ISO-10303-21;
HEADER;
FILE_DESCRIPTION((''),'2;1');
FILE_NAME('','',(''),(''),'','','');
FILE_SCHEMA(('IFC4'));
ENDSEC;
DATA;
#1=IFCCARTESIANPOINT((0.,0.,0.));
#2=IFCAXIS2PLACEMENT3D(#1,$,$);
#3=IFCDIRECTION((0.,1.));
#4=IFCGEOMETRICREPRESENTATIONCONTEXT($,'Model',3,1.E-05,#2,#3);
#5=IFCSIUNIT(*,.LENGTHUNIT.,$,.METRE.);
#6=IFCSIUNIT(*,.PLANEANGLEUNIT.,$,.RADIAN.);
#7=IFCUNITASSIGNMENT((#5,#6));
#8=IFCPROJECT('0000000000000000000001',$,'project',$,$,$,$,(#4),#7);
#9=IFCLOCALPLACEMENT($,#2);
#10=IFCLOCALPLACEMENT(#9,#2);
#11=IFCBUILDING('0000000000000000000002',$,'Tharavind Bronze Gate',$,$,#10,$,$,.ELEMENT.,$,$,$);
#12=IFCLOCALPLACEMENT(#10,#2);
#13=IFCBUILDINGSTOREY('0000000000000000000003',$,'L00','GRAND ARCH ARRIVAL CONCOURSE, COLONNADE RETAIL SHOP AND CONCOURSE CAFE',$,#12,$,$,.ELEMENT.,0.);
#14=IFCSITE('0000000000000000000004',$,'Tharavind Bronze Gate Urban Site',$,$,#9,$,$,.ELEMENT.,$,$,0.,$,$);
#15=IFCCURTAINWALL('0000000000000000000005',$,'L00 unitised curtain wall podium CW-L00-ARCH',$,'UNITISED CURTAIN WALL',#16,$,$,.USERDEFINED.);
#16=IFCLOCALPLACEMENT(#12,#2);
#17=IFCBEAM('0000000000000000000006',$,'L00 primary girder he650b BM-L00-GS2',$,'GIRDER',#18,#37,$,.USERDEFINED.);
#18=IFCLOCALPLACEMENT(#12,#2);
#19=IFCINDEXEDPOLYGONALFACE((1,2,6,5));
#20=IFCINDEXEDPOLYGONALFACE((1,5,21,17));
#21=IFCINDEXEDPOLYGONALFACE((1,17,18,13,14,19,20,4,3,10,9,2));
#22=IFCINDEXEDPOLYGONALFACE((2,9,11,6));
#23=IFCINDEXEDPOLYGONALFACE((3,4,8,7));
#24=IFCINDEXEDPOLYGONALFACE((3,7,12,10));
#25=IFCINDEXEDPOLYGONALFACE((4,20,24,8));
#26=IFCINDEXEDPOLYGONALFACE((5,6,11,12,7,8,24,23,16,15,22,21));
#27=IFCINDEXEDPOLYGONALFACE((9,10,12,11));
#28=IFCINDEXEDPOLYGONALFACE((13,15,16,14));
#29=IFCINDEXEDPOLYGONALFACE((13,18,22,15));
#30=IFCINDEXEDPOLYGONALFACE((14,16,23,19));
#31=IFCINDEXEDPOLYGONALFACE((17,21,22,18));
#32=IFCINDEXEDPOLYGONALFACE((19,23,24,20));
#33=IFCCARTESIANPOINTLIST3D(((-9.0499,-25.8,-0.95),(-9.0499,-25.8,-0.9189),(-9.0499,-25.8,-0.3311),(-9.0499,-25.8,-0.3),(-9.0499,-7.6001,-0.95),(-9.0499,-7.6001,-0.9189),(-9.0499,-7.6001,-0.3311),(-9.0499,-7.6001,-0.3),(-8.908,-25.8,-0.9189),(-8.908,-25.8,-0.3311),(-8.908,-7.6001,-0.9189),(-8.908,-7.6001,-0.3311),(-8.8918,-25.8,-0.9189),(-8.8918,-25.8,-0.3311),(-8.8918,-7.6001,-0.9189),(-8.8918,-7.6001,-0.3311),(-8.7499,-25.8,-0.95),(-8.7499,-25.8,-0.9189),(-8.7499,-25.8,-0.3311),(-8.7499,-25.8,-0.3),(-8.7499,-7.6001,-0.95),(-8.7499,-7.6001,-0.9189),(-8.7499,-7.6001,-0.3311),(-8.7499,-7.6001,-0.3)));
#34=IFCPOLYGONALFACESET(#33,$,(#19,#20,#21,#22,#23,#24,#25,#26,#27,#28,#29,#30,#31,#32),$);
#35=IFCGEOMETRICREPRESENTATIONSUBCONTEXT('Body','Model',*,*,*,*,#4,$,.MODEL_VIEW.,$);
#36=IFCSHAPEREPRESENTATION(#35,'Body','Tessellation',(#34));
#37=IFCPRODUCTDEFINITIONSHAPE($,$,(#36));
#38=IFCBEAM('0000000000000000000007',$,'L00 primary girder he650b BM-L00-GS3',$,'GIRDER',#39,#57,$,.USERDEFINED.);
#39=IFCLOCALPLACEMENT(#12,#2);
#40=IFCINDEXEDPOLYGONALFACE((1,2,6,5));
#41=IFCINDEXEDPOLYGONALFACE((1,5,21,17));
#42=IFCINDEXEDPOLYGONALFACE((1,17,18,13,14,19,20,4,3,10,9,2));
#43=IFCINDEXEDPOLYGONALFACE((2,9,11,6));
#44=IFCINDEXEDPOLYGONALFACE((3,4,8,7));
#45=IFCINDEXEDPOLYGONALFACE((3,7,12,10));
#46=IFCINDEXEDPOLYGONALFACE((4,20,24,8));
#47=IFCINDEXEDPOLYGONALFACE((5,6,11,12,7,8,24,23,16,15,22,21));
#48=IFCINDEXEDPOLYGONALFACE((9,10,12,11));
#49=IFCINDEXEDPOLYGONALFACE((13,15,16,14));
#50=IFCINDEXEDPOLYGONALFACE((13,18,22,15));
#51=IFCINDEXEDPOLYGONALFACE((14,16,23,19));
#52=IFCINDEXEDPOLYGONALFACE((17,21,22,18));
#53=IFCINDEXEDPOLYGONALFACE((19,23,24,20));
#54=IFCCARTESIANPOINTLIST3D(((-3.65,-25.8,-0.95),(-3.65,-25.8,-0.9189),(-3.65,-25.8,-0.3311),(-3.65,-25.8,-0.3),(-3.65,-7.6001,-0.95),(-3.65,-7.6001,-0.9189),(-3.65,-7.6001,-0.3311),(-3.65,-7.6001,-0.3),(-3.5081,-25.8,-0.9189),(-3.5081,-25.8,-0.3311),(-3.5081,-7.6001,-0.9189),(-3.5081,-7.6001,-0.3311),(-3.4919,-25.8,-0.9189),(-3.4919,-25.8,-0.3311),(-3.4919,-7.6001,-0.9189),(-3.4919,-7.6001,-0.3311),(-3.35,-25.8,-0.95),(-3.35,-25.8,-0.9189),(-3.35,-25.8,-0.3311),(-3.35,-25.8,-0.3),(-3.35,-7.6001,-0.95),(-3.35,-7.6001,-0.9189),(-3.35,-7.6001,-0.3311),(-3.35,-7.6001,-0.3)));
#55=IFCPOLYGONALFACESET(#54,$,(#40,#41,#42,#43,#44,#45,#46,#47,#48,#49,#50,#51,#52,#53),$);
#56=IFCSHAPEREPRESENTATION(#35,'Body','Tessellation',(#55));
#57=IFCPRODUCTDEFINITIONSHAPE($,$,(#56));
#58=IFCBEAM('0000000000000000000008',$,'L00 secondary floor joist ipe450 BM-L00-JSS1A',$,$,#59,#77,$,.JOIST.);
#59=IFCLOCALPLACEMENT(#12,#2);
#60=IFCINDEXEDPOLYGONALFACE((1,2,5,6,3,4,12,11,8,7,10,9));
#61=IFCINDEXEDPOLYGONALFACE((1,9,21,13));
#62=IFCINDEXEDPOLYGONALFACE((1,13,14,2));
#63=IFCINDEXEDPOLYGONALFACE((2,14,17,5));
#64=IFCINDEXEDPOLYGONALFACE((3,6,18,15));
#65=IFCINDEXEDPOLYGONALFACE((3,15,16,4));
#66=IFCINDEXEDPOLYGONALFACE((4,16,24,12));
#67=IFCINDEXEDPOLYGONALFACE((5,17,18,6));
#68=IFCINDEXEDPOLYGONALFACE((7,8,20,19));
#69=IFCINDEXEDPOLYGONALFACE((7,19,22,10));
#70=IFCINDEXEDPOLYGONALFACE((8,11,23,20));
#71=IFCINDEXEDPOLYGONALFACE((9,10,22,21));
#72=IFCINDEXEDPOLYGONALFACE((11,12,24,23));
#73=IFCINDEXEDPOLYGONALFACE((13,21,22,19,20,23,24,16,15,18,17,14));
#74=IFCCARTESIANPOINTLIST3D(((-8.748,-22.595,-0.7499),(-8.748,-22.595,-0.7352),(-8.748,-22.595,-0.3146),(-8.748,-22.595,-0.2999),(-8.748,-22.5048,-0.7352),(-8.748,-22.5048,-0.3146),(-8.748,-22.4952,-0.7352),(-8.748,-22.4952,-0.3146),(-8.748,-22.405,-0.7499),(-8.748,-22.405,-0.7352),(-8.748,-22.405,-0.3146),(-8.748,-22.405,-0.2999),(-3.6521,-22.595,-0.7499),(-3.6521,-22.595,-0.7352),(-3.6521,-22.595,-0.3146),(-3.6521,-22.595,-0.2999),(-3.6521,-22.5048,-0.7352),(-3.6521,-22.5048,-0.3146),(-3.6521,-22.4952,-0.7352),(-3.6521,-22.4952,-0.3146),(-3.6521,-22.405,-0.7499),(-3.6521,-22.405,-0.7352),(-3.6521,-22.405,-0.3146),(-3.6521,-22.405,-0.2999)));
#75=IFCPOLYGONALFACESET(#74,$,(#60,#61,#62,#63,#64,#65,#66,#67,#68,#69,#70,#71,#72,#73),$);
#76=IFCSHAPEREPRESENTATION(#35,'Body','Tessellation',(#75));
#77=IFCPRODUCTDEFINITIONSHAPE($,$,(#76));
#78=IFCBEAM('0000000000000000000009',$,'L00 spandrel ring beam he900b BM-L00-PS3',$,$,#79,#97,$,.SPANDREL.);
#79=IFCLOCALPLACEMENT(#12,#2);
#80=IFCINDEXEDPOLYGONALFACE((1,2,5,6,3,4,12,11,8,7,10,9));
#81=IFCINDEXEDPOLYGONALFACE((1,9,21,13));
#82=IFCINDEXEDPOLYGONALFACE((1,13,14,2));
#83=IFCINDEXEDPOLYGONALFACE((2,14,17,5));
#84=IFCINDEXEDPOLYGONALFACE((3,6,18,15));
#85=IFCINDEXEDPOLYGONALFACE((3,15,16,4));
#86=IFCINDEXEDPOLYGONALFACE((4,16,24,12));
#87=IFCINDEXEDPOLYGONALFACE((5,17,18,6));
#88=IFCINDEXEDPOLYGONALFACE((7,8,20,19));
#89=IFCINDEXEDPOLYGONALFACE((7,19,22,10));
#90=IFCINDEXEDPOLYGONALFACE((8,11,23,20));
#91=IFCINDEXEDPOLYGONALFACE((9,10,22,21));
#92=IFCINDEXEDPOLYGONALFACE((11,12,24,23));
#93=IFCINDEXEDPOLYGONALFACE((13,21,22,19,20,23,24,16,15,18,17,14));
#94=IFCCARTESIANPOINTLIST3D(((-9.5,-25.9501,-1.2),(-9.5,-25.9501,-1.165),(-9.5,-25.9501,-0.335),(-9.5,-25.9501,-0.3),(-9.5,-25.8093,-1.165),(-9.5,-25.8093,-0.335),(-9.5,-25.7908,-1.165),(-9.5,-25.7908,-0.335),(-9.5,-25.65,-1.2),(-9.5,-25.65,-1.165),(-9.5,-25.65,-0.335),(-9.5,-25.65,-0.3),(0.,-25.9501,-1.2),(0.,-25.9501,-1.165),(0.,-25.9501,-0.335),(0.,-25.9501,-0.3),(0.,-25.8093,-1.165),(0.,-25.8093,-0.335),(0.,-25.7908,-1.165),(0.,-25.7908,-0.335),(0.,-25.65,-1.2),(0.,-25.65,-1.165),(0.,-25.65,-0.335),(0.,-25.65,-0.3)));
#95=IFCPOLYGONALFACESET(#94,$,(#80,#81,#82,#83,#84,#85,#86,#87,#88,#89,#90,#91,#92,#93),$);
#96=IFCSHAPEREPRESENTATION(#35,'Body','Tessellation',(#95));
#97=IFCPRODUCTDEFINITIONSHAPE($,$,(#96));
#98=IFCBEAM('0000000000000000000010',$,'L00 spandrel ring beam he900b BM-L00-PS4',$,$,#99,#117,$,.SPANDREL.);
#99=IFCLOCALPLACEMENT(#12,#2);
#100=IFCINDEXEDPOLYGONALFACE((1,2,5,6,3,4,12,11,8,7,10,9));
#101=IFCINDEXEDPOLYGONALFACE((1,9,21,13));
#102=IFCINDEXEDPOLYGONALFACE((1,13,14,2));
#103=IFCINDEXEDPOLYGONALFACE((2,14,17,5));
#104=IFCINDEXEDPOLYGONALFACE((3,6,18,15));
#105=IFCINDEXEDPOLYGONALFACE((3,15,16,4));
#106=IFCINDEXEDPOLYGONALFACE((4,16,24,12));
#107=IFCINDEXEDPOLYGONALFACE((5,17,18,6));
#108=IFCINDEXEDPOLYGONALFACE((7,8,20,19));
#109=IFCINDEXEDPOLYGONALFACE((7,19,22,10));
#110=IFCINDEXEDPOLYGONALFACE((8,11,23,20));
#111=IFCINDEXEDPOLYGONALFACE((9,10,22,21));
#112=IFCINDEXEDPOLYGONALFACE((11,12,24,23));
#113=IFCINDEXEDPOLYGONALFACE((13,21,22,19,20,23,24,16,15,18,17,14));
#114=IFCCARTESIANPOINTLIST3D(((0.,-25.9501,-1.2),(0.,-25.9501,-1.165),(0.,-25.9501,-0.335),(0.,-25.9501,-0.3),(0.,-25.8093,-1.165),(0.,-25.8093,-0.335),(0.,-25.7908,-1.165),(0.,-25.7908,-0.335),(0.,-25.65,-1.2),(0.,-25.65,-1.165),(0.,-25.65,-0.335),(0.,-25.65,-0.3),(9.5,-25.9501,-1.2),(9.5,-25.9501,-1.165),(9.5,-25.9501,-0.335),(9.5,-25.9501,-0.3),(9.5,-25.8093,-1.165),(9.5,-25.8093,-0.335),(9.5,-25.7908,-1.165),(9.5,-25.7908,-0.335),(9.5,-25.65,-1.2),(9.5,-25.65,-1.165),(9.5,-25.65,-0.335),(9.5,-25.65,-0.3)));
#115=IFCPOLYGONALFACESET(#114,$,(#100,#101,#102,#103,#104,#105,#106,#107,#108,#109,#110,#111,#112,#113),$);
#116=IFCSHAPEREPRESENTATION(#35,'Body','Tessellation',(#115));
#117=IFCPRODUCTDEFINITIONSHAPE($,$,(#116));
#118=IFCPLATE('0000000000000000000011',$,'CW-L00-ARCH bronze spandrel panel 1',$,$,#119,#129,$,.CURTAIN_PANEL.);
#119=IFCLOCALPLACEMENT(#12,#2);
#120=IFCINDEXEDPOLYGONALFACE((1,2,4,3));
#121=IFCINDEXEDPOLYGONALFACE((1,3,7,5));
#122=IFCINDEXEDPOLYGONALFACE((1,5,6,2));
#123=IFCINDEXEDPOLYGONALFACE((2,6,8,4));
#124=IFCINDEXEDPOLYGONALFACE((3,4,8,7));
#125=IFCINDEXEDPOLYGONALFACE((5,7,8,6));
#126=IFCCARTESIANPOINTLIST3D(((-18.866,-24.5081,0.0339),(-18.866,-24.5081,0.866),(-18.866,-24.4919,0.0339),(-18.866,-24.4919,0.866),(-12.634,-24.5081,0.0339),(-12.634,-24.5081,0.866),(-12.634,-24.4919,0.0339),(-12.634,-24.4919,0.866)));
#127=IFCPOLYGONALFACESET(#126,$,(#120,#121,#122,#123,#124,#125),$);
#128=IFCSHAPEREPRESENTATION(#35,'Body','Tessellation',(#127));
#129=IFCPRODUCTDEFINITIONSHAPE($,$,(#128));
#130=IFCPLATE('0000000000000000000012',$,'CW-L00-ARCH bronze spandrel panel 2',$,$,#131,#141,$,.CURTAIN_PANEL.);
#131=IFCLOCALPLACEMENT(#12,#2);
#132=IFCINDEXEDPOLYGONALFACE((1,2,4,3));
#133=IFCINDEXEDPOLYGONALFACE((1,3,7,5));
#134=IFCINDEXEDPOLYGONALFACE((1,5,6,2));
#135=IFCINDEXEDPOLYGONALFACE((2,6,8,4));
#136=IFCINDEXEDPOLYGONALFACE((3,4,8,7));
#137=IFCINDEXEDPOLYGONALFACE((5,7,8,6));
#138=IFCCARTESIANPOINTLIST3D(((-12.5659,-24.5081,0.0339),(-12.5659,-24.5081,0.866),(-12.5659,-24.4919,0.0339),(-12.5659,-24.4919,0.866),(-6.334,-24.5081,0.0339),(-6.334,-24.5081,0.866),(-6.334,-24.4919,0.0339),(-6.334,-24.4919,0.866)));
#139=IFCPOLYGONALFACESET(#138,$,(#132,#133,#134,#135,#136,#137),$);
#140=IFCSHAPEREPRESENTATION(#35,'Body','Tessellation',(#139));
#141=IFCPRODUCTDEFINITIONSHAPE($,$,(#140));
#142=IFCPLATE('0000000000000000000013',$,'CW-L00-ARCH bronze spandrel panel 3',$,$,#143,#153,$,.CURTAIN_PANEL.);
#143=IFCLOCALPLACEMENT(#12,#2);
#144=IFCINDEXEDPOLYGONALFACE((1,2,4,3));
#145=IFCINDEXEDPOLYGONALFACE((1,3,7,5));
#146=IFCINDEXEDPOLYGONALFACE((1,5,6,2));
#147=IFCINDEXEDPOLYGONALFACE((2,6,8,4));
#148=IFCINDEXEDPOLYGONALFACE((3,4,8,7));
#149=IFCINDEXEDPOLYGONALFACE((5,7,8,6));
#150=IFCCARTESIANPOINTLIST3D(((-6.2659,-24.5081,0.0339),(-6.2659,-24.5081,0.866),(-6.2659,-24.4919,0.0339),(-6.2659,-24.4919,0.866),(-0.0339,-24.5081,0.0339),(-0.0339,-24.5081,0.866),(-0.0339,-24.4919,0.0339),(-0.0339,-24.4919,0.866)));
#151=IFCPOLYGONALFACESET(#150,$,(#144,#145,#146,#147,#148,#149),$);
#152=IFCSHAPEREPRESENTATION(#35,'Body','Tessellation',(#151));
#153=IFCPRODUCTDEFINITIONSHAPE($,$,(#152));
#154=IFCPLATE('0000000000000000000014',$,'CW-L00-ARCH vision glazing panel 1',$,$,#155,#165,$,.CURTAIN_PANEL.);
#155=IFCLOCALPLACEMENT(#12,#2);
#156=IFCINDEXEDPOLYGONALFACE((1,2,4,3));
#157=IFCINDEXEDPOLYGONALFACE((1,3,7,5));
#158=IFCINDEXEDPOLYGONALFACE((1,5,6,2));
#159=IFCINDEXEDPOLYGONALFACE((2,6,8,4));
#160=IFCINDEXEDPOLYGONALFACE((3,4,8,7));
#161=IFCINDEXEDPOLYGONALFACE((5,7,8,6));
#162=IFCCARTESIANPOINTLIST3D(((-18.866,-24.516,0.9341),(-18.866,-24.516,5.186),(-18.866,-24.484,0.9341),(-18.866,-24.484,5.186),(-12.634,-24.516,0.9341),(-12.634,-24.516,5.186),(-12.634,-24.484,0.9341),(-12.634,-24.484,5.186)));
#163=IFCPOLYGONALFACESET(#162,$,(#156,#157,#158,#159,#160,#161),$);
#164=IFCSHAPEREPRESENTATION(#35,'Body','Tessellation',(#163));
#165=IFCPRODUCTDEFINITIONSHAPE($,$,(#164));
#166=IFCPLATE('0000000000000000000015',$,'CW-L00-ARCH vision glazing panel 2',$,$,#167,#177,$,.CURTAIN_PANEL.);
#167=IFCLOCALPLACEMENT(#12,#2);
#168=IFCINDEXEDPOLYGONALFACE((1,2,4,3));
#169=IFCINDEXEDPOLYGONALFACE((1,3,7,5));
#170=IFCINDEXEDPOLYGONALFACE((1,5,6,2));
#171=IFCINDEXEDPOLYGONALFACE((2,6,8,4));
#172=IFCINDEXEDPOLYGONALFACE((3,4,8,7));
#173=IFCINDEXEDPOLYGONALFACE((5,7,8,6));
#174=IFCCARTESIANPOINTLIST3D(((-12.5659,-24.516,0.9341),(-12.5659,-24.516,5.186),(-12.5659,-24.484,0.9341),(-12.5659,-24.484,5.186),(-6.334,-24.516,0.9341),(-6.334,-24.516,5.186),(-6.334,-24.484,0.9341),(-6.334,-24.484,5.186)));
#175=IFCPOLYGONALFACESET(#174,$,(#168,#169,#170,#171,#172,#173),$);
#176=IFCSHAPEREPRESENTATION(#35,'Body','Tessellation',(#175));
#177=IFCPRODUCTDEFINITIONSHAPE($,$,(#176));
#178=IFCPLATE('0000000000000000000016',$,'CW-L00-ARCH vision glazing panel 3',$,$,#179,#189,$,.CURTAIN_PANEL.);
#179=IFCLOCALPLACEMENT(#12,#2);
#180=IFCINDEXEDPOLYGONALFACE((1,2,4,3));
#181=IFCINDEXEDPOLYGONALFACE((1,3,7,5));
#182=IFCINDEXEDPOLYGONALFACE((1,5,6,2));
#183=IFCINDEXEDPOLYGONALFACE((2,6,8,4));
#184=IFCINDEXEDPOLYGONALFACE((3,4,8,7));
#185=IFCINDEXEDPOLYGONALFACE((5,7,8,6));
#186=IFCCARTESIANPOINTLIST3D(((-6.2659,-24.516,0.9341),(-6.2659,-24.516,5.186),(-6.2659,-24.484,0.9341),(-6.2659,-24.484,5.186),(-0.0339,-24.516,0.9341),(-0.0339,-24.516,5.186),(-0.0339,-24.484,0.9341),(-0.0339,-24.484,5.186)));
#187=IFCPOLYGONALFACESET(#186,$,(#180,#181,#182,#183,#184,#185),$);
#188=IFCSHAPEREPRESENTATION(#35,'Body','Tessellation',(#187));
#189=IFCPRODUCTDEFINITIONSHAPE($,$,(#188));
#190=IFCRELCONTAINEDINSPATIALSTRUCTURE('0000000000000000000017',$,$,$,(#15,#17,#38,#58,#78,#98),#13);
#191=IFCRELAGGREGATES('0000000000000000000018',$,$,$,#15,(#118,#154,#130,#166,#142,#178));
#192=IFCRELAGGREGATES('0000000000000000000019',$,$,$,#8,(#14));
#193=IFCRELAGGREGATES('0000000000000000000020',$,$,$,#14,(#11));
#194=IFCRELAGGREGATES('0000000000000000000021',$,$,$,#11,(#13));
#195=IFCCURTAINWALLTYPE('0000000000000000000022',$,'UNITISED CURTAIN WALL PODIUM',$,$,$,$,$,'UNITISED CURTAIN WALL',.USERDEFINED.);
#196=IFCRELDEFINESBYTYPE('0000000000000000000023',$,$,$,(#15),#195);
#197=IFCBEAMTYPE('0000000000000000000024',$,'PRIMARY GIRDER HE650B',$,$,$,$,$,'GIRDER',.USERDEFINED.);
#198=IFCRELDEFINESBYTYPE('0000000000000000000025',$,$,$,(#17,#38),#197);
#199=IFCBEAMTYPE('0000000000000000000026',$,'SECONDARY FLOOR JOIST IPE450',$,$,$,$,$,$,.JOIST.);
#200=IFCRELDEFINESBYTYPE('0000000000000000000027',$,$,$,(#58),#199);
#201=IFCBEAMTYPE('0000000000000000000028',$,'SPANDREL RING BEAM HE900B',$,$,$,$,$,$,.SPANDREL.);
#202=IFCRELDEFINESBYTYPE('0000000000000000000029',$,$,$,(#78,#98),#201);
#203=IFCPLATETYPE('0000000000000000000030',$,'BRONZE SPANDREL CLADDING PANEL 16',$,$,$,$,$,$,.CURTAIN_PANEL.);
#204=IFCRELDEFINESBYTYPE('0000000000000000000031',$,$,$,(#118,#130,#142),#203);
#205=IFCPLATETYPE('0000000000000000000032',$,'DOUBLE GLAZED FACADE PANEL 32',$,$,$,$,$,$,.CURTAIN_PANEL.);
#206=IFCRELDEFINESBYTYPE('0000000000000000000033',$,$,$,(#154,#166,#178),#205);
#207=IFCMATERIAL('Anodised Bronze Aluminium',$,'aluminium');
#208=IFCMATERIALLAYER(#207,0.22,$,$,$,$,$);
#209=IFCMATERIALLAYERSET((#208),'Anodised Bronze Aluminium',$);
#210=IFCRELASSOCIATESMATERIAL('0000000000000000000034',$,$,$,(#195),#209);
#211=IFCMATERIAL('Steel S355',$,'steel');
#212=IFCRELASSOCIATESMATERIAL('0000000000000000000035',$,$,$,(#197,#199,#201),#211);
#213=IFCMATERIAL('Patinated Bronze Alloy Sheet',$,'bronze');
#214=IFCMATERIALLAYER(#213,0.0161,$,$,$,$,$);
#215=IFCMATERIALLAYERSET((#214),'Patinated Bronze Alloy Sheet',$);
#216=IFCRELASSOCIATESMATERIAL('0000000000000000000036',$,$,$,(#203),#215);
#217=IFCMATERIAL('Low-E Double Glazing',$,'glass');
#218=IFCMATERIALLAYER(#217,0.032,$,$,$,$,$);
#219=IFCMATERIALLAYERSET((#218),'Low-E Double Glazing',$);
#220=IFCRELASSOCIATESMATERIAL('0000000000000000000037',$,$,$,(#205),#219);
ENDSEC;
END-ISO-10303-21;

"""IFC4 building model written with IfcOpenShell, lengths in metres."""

from ifc_helpers import new_model, si_unit, direction, frame, origin, origin_2d, place, context, subcontext, project, spatial, rectangle, i_section, extrude, material, layer, layer_set, material_profile, profile_set, type_object, element, aggregate, save


model = new_model("IFC4")

# Units and contexts
model_context = context("Model", 3, precision=1e-05, world=origin(), true_north=direction((0.0, 1.0)))
body_context = subcontext(model_context, "Body", "Model", "MODEL_VIEW")
ifc_project = project(units=[si_unit("LENGTHUNIT", "METRE"), si_unit("PLANEANGLEUNIT", "RADIAN")], contexts=[model_context])

# Site, building, storey
site_placement = place(None, origin())
site = spatial("IfcSite", under=ifc_project, at=site_placement, Name="Tharavind Bronze Gate Urban Site", CompositionType="ELEMENT", RefElevation=0.0)
building_placement = place(site_placement, origin())
building = spatial("IfcBuilding", under=site, at=building_placement, Name="Tharavind Bronze Gate", CompositionType="ELEMENT")
storey_placement = place(building_placement, origin())
storey = spatial("IfcBuildingStorey", under=building, at=storey_placement, Name="L00", Description="GRAND ARCH ARRIVAL CONCOURSE, COLONNADE RETAIL SHOP AND CONCOURSE CAFE", CompositionType="ELEMENT", Elevation=0.0)

# Curtain wall
ifc_material_1 = material(Name="Anodised Bronze Aluminium", Category="aluminium")
ifc_layer_1 = layer(ifc_material_1, 0.22)
ifc_layer_set_1 = layer_set([ifc_layer_1], Name="Anodised Bronze Aluminium")
curtain_wall_type = type_object("IfcCurtainWallType", Name="UNITISED CURTAIN WALL PODIUM", ElementType="UNITISED CURTAIN WALL", PredefinedType="USERDEFINED", material=ifc_layer_set_1)
curtain_wall_placement = place(storey_placement, origin())
curtain_wall = element("IfcCurtainWall", 1, at=curtain_wall_placement, inside=storey, type_object=curtain_wall_type, Name="L00 unitised curtain wall podium CW-L00-ARCH", ObjectType="UNITISED CURTAIN WALL", PredefinedType="USERDEFINED")

# Beams
ifc_material_2 = material(Name="Steel S355", Category="steel")
ifc_material_profile_1 = material_profile(ifc_material_2, i_section(OverallWidth=0.3, OverallDepth=0.6499, WebThickness=0.0161, FlangeThickness=0.031, at=origin_2d()), Name="HE650B")
ifc_profile_set_1 = profile_set([ifc_material_profile_1], Name="Steel S355")
beam_type_1 = type_object("IfcBeamType", Name="PRIMARY GIRDER HE650B", ElementType="GIRDER", PredefinedType="USERDEFINED", material=ifc_profile_set_1)
for number, where, z_axis, x_axis, name in (
    (2, (-8.8999, -25.8, -0.625), (0.0, 1.0, 0.0), (-1.0, 0.0, 0.0), "L00 primary girder he650b BM-L00-GS2"),
    (3, (-3.5, -25.8, -0.625), (0.0, 1.0, 0.0), (-1.0, 0.0, 0.0), "L00 primary girder he650b BM-L00-GS3"),
):
    element("IfcBeam", number, at=place(storey_placement, frame(where, z_axis=z_axis, x_axis=x_axis)), inside=storey, type_object=beam_type_1, Name=name, ObjectType="GIRDER", PredefinedType="USERDEFINED", context=body_context, shape_type="SweptSolid", body=[
        extrude(i_section(OverallWidth=0.3, OverallDepth=0.6499, WebThickness=0.0161, FlangeThickness=0.031, at=origin_2d()), origin(), (0.0, 0.0, 1.0), 18.2),
    ])
ifc_material_profile_2 = material_profile(ifc_material_2, i_section(OverallWidth=0.1899, OverallDepth=0.45, WebThickness=0.0095, FlangeThickness=0.0146, at=origin_2d()), Name="IPE450")
ifc_profile_set_2 = profile_set([ifc_material_profile_2], Name="Steel S355")
beam_type_2 = type_object("IfcBeamType", Name="SECONDARY FLOOR JOIST IPE450", PredefinedType="JOIST", material=ifc_profile_set_2)
beam_1_placement = place(storey_placement, frame((-8.748, -22.5, -0.5249), z_axis=(1.0, 0.0, 0.0), x_axis=(0.0, 1.0, 0.0)))
element("IfcBeam", 4, at=beam_1_placement, inside=storey, type_object=beam_type_2, Name="L00 secondary floor joist ipe450 BM-L00-JSS1A", PredefinedType="JOIST", context=body_context, shape_type="SweptSolid", body=[
    extrude(i_section(OverallWidth=0.1899, OverallDepth=0.45, WebThickness=0.0095, FlangeThickness=0.0146, at=origin_2d()), origin(), (0.0, 0.0, 1.0), 5.0959),
])
ifc_material_profile_3 = material_profile(ifc_material_2, i_section(OverallWidth=0.3, OverallDepth=0.8999, WebThickness=0.0186, FlangeThickness=0.0349, at=origin_2d()), Name="HE900B")
ifc_profile_set_3 = profile_set([ifc_material_profile_3], Name="Steel S355")
beam_type_3 = type_object("IfcBeamType", Name="SPANDREL RING BEAM HE900B", PredefinedType="SPANDREL", material=ifc_profile_set_3)
for number, where, z_axis, x_axis, name in (
    (5, (-9.5, -25.8, -0.75), (1.0, 0.0, 0.0), (0.0, 1.0, 0.0), "L00 spandrel ring beam he900b BM-L00-PS3"),
    (6, (0.0, -25.8, -0.75), (1.0, 0.0, 0.0), (0.0, 1.0, 0.0), "L00 spandrel ring beam he900b BM-L00-PS4"),
):
    element("IfcBeam", number, at=place(storey_placement, frame(where, z_axis=z_axis, x_axis=x_axis)), inside=storey, type_object=beam_type_3, Name=name, PredefinedType="SPANDREL", context=body_context, shape_type="SweptSolid", body=[
        extrude(i_section(OverallWidth=0.3, OverallDepth=0.8999, WebThickness=0.0186, FlangeThickness=0.0349, at=origin_2d()), origin(), (0.0, 0.0, 1.0), 9.5),
    ])

# Plates
ifc_material_3 = material(Name="Patinated Bronze Alloy Sheet", Category="bronze")
ifc_layer_2 = layer(ifc_material_3, 0.0161)
ifc_layer_set_2 = layer_set([ifc_layer_2], Name="Patinated Bronze Alloy Sheet")
plate_type_1 = type_object("IfcPlateType", Name="BRONZE SPANDREL CLADDING PANEL 16", PredefinedType="CURTAIN_PANEL", material=ifc_layer_set_2)
plate_1_placement = place(storey_placement, frame((-15.75, -24.5, 0.0339), z_axis=(0.0, 0.0, 1.0), x_axis=(1.0, 0.0, 0.0)))
plate_1 = element("IfcPlate", 7, at=plate_1_placement, type_object=plate_type_1, Name="CW-L00-ARCH bronze spandrel panel 1", PredefinedType="CURTAIN_PANEL", context=body_context, shape_type="SweptSolid", body=[
    extrude(rectangle(XDim=6.2319, YDim=0.0161, at=origin_2d()), origin(), (0.0, 0.0, 1.0), 0.832),
])
plate_2_placement = place(storey_placement, frame((-9.45, -24.5, 0.0339), z_axis=(0.0, 0.0, 1.0), x_axis=(1.0, 0.0, 0.0)))
plate_2 = element("IfcPlate", 8, at=plate_2_placement, type_object=plate_type_1, Name="CW-L00-ARCH bronze spandrel panel 2", PredefinedType="CURTAIN_PANEL", context=body_context, shape_type="SweptSolid", body=[
    extrude(rectangle(XDim=6.2319, YDim=0.0161, at=origin_2d()), origin(), (0.0, 0.0, 1.0), 0.832),
])
plate_3_placement = place(storey_placement, frame((-3.1499, -24.5, 0.0339), z_axis=(0.0, 0.0, 1.0), x_axis=(1.0, 0.0, 0.0)))
plate_3 = element("IfcPlate", 9, at=plate_3_placement, type_object=plate_type_1, Name="CW-L00-ARCH bronze spandrel panel 3", PredefinedType="CURTAIN_PANEL", context=body_context, shape_type="SweptSolid", body=[
    extrude(rectangle(XDim=6.2319, YDim=0.0161, at=origin_2d()), origin(), (0.0, 0.0, 1.0), 0.832),
])
ifc_material_4 = material(Name="Low-E Double Glazing", Category="glass")
ifc_layer_3 = layer(ifc_material_4, 0.032)
ifc_layer_set_3 = layer_set([ifc_layer_3], Name="Low-E Double Glazing")
plate_type_2 = type_object("IfcPlateType", Name="DOUBLE GLAZED FACADE PANEL 32", PredefinedType="CURTAIN_PANEL", material=ifc_layer_set_3)
plate_4_placement = place(storey_placement, frame((-15.75, -24.5, 0.9341), z_axis=(0.0, 0.0, 1.0), x_axis=(1.0, 0.0, 0.0)))
plate_4 = element("IfcPlate", 10, at=plate_4_placement, type_object=plate_type_2, Name="CW-L00-ARCH vision glazing panel 1", PredefinedType="CURTAIN_PANEL", context=body_context, shape_type="SweptSolid", body=[
    extrude(rectangle(XDim=6.2319, YDim=0.032, at=origin_2d()), origin(), (0.0, 0.0, 1.0), 4.252),
])
plate_5_placement = place(storey_placement, frame((-9.45, -24.5, 0.9341), z_axis=(0.0, 0.0, 1.0), x_axis=(1.0, 0.0, 0.0)))
plate_5 = element("IfcPlate", 11, at=plate_5_placement, type_object=plate_type_2, Name="CW-L00-ARCH vision glazing panel 2", PredefinedType="CURTAIN_PANEL", context=body_context, shape_type="SweptSolid", body=[
    extrude(rectangle(XDim=6.2319, YDim=0.032, at=origin_2d()), origin(), (0.0, 0.0, 1.0), 4.252),
])
plate_6_placement = place(storey_placement, frame((-3.1499, -24.5, 0.9341), z_axis=(0.0, 0.0, 1.0), x_axis=(1.0, 0.0, 0.0)))
plate_6 = element("IfcPlate", 12, at=plate_6_placement, type_object=plate_type_2, Name="CW-L00-ARCH vision glazing panel 3", PredefinedType="CURTAIN_PANEL", context=body_context, shape_type="SweptSolid", body=[
    extrude(rectangle(XDim=6.2319, YDim=0.032, at=origin_2d()), origin(), (0.0, 0.0, 1.0), 4.252),
])
aggregate(curtain_wall, [plate_1, plate_4, plate_2, plate_5, plate_3, plate_6])

save(model, "model.ifc")
